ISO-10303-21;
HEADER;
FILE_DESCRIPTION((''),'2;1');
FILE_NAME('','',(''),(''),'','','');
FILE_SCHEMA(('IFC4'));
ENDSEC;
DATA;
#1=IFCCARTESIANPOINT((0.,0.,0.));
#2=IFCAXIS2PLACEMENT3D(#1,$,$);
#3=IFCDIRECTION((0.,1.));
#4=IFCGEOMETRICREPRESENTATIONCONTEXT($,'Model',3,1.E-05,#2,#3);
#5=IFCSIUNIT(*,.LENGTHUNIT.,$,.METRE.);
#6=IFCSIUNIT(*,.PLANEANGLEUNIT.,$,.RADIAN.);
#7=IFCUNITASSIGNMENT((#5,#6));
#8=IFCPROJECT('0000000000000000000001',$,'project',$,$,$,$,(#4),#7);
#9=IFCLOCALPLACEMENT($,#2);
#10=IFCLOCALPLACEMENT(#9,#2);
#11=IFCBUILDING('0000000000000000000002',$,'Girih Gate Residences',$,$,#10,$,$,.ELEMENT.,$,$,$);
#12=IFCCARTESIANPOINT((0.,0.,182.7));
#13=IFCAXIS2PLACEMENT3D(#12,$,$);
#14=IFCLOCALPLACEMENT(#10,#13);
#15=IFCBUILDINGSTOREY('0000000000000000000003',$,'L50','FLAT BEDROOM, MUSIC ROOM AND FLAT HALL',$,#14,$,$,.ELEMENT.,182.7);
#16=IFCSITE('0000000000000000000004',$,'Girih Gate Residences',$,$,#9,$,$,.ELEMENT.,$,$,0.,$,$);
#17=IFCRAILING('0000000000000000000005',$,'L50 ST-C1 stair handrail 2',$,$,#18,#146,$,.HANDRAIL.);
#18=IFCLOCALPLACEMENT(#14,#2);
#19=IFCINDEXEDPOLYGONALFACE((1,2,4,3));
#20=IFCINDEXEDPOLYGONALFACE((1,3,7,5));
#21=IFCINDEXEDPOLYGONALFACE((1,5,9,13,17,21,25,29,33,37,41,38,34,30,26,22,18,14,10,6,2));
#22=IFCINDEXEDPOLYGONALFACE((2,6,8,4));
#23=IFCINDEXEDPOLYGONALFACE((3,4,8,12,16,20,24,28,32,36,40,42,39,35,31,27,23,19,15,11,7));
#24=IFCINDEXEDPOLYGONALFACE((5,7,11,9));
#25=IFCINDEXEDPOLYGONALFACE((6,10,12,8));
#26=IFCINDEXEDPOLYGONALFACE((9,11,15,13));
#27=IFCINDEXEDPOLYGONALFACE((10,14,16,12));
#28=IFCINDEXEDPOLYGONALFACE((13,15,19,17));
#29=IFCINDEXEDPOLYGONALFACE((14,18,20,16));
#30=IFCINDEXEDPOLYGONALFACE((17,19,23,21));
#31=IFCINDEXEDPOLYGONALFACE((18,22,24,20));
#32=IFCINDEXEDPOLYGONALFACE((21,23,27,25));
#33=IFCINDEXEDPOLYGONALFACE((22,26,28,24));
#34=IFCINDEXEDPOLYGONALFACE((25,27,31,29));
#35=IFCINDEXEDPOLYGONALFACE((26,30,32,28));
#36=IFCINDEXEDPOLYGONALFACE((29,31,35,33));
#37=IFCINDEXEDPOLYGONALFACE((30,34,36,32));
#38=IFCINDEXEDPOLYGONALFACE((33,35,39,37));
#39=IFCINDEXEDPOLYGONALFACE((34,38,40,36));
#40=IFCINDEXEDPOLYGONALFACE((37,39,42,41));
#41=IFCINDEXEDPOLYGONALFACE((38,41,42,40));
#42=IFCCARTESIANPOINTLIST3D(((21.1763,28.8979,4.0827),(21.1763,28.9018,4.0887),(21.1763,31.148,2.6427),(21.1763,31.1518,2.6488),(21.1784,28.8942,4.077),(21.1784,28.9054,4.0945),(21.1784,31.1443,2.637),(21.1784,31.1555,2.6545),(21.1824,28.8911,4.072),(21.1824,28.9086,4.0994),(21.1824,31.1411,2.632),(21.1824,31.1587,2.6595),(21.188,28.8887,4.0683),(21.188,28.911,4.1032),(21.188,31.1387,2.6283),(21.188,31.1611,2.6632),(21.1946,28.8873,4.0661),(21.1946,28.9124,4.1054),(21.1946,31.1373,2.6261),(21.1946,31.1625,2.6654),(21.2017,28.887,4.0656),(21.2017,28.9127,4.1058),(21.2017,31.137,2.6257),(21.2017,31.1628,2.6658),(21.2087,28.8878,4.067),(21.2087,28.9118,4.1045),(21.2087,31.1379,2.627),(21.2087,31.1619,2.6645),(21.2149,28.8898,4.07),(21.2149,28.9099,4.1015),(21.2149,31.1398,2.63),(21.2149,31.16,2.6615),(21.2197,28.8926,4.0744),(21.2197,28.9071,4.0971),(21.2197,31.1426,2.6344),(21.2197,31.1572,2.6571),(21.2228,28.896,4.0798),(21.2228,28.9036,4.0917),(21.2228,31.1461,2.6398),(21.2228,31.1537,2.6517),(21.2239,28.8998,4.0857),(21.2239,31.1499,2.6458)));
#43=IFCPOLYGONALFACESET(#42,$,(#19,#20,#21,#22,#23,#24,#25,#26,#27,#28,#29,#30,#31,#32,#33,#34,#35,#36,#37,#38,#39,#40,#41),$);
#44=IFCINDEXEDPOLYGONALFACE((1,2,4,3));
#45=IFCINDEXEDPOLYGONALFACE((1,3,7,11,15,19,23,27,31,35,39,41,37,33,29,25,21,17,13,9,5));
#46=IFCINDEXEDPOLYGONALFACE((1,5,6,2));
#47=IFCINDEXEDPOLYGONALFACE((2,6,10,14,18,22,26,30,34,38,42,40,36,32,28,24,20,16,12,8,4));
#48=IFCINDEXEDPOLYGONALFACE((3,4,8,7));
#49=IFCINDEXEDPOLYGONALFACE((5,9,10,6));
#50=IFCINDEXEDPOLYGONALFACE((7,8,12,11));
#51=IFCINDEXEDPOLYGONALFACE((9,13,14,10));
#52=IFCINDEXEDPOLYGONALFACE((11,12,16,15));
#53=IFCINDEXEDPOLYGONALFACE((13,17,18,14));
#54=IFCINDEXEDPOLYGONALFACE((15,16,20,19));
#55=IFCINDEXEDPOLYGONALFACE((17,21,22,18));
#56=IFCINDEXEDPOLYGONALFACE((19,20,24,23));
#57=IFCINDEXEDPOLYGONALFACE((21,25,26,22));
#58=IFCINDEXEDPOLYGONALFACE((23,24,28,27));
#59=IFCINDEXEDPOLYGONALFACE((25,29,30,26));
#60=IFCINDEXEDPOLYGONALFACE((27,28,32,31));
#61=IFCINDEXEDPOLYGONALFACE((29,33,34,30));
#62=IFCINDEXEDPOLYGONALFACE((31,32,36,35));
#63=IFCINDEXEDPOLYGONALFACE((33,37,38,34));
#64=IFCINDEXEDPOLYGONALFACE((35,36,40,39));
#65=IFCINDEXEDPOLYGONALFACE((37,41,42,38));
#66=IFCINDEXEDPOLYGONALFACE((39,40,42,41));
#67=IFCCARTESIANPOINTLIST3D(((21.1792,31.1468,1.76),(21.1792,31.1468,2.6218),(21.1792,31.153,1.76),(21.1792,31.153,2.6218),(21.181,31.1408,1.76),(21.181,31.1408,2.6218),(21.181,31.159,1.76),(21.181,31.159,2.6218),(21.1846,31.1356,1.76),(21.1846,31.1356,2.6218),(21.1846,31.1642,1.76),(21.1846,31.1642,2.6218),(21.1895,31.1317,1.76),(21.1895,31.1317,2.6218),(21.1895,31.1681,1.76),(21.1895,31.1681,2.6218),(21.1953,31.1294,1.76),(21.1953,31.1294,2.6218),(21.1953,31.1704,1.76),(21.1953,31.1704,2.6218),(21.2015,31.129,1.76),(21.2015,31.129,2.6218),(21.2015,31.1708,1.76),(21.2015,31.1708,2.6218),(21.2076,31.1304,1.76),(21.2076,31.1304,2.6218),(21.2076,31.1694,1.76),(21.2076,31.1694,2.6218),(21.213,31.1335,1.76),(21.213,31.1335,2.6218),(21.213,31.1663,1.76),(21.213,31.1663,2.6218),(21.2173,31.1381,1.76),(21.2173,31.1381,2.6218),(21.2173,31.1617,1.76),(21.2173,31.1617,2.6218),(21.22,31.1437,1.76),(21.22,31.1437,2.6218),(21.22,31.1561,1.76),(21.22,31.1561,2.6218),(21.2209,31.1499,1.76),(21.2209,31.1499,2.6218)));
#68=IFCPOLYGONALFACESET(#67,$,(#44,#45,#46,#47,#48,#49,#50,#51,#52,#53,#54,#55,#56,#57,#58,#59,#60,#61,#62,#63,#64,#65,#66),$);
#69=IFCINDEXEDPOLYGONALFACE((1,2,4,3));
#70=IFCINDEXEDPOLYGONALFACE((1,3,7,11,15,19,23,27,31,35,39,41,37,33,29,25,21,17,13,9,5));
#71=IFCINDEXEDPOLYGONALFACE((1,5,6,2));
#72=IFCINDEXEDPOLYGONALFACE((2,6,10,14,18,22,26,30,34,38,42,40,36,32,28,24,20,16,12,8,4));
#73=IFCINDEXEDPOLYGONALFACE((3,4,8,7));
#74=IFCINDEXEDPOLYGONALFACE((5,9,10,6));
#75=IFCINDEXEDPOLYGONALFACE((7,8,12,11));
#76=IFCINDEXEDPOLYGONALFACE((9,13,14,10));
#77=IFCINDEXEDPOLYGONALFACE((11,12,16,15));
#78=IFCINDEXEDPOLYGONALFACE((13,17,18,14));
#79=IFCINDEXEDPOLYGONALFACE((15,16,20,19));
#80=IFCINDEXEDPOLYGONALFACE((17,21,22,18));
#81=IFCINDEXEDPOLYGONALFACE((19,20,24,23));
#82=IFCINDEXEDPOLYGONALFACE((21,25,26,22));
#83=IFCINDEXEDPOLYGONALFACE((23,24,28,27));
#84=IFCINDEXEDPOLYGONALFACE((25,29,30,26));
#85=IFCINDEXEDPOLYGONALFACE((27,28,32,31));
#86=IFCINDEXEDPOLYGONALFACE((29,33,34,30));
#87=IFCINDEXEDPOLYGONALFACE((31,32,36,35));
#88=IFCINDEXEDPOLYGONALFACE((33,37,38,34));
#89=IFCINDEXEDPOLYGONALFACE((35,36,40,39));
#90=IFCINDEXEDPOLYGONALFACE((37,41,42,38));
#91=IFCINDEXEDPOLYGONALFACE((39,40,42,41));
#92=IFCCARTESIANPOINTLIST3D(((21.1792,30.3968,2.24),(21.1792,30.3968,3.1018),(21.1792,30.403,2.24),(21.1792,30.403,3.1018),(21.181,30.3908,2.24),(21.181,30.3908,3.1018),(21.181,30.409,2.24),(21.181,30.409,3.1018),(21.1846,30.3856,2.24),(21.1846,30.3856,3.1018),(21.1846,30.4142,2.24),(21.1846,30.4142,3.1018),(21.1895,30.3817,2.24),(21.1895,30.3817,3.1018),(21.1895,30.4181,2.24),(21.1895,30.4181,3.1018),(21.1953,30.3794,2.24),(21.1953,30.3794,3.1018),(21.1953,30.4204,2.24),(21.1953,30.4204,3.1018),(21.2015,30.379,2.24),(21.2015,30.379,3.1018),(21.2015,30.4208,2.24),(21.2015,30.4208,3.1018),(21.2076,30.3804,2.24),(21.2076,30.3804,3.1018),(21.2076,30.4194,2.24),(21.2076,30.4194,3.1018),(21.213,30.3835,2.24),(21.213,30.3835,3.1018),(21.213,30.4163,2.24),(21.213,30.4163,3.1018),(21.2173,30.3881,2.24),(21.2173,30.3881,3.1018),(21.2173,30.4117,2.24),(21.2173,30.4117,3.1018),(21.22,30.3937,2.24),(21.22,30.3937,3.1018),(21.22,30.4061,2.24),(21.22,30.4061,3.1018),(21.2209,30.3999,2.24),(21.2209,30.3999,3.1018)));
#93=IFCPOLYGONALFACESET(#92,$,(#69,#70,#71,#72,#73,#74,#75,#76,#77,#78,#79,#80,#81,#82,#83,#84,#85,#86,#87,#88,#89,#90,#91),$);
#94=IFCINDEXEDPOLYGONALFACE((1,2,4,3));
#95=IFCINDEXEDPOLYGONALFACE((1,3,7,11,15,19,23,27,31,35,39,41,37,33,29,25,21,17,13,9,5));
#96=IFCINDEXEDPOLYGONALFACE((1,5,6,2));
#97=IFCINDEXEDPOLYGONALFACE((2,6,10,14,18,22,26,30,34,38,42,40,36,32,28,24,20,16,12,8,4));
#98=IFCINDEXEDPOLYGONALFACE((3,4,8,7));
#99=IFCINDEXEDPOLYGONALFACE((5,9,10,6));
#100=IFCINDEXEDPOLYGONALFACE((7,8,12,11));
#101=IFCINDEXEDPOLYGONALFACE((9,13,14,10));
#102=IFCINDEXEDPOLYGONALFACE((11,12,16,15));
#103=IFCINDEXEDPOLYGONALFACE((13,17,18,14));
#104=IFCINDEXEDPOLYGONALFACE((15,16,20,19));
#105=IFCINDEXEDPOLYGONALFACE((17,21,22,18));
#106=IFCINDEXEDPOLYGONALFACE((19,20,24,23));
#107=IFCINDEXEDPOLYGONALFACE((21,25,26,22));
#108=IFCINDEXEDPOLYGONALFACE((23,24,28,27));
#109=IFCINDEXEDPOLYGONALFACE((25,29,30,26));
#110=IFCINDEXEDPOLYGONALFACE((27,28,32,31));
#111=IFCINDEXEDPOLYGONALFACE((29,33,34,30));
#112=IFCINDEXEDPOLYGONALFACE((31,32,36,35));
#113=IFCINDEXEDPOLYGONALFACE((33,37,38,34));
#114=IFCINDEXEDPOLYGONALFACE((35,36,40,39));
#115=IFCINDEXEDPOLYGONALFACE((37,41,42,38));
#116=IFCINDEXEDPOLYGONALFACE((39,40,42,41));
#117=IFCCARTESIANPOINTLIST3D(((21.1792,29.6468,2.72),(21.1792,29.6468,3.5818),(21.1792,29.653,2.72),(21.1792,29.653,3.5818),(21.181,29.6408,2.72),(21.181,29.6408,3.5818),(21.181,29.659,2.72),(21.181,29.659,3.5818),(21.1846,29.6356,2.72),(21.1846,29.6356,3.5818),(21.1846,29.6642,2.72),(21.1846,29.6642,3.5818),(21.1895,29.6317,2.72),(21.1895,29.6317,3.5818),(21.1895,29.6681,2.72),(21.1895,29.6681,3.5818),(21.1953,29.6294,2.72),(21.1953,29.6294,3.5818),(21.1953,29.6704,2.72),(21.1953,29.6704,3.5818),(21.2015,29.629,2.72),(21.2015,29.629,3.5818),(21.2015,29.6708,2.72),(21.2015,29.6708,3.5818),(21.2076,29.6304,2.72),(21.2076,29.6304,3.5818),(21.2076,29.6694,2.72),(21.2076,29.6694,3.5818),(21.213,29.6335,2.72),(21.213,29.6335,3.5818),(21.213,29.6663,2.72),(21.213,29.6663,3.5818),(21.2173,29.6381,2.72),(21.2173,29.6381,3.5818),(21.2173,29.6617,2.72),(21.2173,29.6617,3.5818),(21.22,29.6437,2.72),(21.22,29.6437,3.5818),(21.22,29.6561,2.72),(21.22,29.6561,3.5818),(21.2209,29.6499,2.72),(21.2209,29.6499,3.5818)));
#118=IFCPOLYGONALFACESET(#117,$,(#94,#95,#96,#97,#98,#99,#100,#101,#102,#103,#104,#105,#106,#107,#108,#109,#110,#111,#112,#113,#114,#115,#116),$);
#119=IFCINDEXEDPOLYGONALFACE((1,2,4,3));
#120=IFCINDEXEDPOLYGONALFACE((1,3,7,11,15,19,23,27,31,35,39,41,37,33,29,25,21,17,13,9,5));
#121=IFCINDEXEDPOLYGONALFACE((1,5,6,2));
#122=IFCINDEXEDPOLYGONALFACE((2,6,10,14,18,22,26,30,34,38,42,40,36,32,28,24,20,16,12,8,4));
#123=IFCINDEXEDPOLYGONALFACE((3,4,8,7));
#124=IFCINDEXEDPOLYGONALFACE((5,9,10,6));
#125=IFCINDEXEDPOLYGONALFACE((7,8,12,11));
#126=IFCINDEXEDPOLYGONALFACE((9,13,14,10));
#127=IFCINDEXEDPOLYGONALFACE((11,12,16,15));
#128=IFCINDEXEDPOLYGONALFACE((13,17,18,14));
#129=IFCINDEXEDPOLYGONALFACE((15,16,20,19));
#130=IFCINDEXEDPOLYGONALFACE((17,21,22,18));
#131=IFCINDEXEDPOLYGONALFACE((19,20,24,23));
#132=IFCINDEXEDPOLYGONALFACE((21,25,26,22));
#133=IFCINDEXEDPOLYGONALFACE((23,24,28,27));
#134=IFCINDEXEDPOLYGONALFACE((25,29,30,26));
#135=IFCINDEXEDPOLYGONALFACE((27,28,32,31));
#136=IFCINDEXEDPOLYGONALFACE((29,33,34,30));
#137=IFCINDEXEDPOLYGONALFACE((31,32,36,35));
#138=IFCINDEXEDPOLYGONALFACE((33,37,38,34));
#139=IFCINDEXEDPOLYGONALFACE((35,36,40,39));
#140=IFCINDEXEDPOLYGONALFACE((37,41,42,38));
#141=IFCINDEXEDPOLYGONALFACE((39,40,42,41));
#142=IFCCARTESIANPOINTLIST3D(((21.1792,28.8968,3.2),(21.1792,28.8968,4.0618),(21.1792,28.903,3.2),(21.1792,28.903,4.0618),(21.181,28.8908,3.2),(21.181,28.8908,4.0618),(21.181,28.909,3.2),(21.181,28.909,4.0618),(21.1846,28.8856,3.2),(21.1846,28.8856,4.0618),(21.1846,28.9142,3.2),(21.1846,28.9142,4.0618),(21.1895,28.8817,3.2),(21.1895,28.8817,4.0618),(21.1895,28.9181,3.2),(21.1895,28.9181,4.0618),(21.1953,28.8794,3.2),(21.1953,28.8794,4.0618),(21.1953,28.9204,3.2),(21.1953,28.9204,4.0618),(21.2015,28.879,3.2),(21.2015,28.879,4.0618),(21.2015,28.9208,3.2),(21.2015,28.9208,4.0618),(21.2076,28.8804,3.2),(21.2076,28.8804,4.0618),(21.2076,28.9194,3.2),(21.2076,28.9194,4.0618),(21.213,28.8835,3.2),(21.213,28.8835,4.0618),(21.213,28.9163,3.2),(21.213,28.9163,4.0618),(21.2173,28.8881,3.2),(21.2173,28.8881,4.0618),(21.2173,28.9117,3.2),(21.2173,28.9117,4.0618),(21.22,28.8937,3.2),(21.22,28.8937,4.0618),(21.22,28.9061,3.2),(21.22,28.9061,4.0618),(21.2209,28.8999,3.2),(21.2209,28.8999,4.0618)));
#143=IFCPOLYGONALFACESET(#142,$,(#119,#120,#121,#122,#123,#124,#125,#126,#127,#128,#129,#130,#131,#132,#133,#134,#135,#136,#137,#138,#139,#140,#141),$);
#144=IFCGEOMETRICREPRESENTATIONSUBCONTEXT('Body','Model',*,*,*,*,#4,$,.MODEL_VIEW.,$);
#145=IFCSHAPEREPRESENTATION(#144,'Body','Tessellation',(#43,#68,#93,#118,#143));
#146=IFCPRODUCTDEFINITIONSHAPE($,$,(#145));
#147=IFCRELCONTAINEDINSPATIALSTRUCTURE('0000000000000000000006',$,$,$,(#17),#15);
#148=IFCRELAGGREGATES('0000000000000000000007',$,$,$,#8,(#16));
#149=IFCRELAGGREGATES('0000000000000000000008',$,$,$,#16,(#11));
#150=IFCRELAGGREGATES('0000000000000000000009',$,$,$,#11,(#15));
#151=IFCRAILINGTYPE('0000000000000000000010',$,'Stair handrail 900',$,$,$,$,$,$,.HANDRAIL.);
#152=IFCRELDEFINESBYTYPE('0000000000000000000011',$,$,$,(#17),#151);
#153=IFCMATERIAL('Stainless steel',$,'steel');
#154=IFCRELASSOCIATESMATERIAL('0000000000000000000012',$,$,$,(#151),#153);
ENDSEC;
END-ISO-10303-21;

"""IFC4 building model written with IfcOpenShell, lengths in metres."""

from ifc_helpers import new_model, si_unit, direction, frame, origin, origin_2d, place, context, subcontext, project, spatial, circle, extrude, material, type_object, element, save


model = new_model("IFC4")

# Units and contexts
model_context = context("Model", 3, precision=1e-05, world=origin(), true_north=direction((0.0, 1.0)))
body_context = subcontext(model_context, "Body", "Model", "MODEL_VIEW")
ifc_project = project(units=[si_unit("LENGTHUNIT", "METRE"), si_unit("PLANEANGLEUNIT", "RADIAN")], contexts=[model_context])

# Site, building, storey
site_placement = place(None, origin())
site = spatial("IfcSite", under=ifc_project, at=site_placement, Name="Girih Gate Residences", CompositionType="ELEMENT", RefElevation=0.0)
building_placement = place(site_placement, origin())
building = spatial("IfcBuilding", under=site, at=building_placement, Name="Girih Gate Residences", CompositionType="ELEMENT")
storey_placement = place(building_placement, frame((0.0, 0.0, 182.7)))
storey = spatial("IfcBuildingStorey", under=building, at=storey_placement, Name="L50", Description="FLAT BEDROOM, MUSIC ROOM AND FLAT HALL", CompositionType="ELEMENT", Elevation=182.7)

# Railing
ifc_material_1 = material(Name="Stainless steel", Category="steel")
railing_type_1 = type_object("IfcRailingType", Name="Stair handrail 900", PredefinedType="HANDRAIL", material=ifc_material_1)
railing_1_placement = place(storey_placement, frame((21.2, 31.1499, 1.76)))
element("IfcRailing", 1, at=railing_1_placement, inside=storey, type_object=railing_type_1, Name="L50 ST-C1 stair handrail 2", PredefinedType="HANDRAIL", context=body_context, shape_type="SweptSolid", body=[
    extrude(circle(Radius=0.0239, at=origin_2d()), frame((0.0, 0.0, 0.8857), z_axis=(0.0, -0.842281, 0.539038), x_axis=(1.0, 0.0, 0.0)), (0.0, 0.0, 1.0), 2.6714),
    extrude(circle(Radius=0.021, at=origin_2d()), origin(), (0.0, 0.0, 1.0), 0.8618),
    extrude(circle(Radius=0.021, at=origin_2d()), frame((0.0, -0.75, 0.48)), (0.0, 0.0, 1.0), 0.8618),
    extrude(circle(Radius=0.021, at=origin_2d()), frame((0.0, -1.5, 0.96)), (0.0, 0.0, 1.0), 0.8618),
    extrude(circle(Radius=0.021, at=origin_2d()), frame((0.0, -2.25, 1.4399)), (0.0, 0.0, 1.0), 0.8618),
])

save(model, "model.ifc")
